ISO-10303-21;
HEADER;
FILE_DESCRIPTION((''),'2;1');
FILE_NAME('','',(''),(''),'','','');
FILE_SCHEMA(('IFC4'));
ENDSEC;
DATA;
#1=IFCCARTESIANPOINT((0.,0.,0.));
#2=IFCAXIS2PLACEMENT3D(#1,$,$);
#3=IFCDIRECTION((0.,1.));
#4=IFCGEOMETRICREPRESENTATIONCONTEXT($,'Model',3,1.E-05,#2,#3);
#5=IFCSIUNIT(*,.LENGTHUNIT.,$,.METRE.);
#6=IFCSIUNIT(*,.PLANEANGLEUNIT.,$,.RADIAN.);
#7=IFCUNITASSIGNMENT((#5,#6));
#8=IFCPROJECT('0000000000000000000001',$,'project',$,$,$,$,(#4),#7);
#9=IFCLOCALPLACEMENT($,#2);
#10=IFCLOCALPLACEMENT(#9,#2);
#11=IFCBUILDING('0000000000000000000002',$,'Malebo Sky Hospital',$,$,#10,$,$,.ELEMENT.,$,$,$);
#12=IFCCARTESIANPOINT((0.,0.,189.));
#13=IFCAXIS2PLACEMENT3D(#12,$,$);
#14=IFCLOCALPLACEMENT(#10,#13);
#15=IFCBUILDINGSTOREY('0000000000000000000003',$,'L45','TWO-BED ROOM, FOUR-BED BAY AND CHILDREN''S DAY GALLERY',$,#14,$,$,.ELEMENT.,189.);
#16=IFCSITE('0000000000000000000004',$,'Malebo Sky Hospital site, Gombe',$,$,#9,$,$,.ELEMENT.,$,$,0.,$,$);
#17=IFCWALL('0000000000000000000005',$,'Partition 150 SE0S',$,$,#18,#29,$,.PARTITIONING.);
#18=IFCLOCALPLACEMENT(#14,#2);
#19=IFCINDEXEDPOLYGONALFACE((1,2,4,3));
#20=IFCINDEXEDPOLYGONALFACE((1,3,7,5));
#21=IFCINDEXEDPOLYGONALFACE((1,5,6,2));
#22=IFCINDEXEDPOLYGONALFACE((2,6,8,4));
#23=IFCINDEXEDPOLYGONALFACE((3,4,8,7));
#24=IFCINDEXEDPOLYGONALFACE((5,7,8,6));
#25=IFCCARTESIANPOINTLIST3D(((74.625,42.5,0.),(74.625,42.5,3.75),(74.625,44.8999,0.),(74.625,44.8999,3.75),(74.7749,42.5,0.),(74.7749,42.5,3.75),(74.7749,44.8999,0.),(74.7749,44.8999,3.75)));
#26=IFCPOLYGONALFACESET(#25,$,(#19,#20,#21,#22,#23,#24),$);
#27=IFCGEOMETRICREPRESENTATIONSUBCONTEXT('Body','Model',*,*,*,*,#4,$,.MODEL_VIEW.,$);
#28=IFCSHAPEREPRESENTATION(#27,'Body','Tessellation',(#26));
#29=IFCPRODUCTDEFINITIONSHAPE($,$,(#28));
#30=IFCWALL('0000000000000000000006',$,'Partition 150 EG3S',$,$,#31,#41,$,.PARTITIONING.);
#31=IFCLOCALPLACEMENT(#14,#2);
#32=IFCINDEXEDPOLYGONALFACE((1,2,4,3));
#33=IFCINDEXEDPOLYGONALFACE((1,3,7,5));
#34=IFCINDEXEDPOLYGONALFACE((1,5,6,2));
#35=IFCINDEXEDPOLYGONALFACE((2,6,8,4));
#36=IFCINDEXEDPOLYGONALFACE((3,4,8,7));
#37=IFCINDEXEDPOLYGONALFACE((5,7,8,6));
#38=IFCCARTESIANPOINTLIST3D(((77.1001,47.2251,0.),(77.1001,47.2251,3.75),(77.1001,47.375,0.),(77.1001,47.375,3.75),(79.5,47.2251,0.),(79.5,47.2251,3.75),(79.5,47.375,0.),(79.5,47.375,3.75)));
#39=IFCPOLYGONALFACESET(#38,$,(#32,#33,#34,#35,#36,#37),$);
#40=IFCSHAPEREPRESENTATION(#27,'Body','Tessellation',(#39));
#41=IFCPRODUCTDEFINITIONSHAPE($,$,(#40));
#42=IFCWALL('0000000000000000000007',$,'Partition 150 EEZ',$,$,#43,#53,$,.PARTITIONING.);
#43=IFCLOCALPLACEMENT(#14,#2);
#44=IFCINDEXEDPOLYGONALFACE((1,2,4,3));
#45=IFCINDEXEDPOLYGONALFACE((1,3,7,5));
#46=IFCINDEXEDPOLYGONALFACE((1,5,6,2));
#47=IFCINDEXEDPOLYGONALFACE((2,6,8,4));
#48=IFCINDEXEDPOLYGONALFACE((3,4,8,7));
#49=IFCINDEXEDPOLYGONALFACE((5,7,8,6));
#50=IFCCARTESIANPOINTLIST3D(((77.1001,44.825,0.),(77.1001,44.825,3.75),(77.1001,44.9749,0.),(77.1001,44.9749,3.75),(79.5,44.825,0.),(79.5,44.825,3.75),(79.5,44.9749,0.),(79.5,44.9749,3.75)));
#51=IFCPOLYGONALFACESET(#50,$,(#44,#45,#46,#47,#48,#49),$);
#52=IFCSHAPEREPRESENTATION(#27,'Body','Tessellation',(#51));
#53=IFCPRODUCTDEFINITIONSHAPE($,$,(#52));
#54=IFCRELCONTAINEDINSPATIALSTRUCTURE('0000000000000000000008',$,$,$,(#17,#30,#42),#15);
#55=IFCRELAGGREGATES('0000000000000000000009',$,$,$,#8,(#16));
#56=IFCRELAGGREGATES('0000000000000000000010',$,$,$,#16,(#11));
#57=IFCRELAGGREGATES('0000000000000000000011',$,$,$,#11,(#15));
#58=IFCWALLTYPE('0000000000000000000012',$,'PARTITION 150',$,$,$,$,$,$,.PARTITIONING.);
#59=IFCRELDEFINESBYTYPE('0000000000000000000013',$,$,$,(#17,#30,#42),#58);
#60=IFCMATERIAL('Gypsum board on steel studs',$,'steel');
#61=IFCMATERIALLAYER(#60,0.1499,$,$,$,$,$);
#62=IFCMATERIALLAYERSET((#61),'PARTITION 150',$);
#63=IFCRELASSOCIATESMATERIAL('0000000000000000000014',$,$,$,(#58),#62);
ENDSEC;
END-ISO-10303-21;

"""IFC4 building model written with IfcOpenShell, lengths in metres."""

from ifc_helpers import new_model, si_unit, direction, frame, frame_2d, origin, place, context, subcontext, project, spatial, rectangle, extrude, material, layer, layer_set, type_object, element, save


model = new_model("IFC4")

# Units and contexts
model_context = context("Model", 3, precision=1e-05, world=origin(), true_north=direction((0.0, 1.0)))
body_context = subcontext(model_context, "Body", "Model", "MODEL_VIEW")
ifc_project = project(units=[si_unit("LENGTHUNIT", "METRE"), si_unit("PLANEANGLEUNIT", "RADIAN")], contexts=[model_context])

# Site, building, storey
site_placement = place(None, origin())
site = spatial("IfcSite", under=ifc_project, at=site_placement, Name="Malebo Sky Hospital site, Gombe", CompositionType="ELEMENT", RefElevation=0.0)
building_placement = place(site_placement, origin())
building = spatial("IfcBuilding", under=site, at=building_placement, Name="Malebo Sky Hospital", CompositionType="ELEMENT")
storey_placement = place(building_placement, frame((0.0, 0.0, 189.0)))
storey = spatial("IfcBuildingStorey", under=building, at=storey_placement, Name="L45", Description="TWO-BED ROOM, FOUR-BED BAY AND CHILDREN'S DAY GALLERY", CompositionType="ELEMENT", Elevation=189.0)

# Shared definitions
ifc_material_1 = material(Name="Gypsum board on steel studs", Category="steel")

# Shared definitions
ifc_layer_1 = layer(ifc_material_1, 0.1499)
ifc_layer_set_1 = layer_set([ifc_layer_1], Name="PARTITION 150")
wall_type_1 = type_object("IfcWallType", Name="PARTITION 150", PredefinedType="PARTITIONING", material=ifc_layer_set_1)

# Walls
for number, where, z_axis, x_axis, name in (
    (1, (74.7, 44.8999, 0.0), (0.0, 0.0, 1.0), (0.0, -1.0, 0.0), "Partition 150 SE0S"),
    (2, (77.1001, 47.3, 0.0), (0.0, 0.0, 1.0), (1.0, 0.0, 0.0), "Partition 150 EG3S"),
    (3, (77.1001, 44.8999, 0.0), (0.0, 0.0, 1.0), (1.0, 0.0, 0.0), "Partition 150 EEZ"),
):
    element("IfcWall", number, at=place(storey_placement, frame(where, z_axis=z_axis, x_axis=x_axis)), inside=storey, type_object=wall_type_1, Name=name, PredefinedType="PARTITIONING", context=body_context, shape_type="SweptSolid", body=[
        extrude(rectangle(XDim=2.3999, YDim=0.1499, at=frame_2d((1.2, 0.0))), origin(), (0.0, 0.0, 1.0), 3.75),
    ])

save(model, "model.ifc")
